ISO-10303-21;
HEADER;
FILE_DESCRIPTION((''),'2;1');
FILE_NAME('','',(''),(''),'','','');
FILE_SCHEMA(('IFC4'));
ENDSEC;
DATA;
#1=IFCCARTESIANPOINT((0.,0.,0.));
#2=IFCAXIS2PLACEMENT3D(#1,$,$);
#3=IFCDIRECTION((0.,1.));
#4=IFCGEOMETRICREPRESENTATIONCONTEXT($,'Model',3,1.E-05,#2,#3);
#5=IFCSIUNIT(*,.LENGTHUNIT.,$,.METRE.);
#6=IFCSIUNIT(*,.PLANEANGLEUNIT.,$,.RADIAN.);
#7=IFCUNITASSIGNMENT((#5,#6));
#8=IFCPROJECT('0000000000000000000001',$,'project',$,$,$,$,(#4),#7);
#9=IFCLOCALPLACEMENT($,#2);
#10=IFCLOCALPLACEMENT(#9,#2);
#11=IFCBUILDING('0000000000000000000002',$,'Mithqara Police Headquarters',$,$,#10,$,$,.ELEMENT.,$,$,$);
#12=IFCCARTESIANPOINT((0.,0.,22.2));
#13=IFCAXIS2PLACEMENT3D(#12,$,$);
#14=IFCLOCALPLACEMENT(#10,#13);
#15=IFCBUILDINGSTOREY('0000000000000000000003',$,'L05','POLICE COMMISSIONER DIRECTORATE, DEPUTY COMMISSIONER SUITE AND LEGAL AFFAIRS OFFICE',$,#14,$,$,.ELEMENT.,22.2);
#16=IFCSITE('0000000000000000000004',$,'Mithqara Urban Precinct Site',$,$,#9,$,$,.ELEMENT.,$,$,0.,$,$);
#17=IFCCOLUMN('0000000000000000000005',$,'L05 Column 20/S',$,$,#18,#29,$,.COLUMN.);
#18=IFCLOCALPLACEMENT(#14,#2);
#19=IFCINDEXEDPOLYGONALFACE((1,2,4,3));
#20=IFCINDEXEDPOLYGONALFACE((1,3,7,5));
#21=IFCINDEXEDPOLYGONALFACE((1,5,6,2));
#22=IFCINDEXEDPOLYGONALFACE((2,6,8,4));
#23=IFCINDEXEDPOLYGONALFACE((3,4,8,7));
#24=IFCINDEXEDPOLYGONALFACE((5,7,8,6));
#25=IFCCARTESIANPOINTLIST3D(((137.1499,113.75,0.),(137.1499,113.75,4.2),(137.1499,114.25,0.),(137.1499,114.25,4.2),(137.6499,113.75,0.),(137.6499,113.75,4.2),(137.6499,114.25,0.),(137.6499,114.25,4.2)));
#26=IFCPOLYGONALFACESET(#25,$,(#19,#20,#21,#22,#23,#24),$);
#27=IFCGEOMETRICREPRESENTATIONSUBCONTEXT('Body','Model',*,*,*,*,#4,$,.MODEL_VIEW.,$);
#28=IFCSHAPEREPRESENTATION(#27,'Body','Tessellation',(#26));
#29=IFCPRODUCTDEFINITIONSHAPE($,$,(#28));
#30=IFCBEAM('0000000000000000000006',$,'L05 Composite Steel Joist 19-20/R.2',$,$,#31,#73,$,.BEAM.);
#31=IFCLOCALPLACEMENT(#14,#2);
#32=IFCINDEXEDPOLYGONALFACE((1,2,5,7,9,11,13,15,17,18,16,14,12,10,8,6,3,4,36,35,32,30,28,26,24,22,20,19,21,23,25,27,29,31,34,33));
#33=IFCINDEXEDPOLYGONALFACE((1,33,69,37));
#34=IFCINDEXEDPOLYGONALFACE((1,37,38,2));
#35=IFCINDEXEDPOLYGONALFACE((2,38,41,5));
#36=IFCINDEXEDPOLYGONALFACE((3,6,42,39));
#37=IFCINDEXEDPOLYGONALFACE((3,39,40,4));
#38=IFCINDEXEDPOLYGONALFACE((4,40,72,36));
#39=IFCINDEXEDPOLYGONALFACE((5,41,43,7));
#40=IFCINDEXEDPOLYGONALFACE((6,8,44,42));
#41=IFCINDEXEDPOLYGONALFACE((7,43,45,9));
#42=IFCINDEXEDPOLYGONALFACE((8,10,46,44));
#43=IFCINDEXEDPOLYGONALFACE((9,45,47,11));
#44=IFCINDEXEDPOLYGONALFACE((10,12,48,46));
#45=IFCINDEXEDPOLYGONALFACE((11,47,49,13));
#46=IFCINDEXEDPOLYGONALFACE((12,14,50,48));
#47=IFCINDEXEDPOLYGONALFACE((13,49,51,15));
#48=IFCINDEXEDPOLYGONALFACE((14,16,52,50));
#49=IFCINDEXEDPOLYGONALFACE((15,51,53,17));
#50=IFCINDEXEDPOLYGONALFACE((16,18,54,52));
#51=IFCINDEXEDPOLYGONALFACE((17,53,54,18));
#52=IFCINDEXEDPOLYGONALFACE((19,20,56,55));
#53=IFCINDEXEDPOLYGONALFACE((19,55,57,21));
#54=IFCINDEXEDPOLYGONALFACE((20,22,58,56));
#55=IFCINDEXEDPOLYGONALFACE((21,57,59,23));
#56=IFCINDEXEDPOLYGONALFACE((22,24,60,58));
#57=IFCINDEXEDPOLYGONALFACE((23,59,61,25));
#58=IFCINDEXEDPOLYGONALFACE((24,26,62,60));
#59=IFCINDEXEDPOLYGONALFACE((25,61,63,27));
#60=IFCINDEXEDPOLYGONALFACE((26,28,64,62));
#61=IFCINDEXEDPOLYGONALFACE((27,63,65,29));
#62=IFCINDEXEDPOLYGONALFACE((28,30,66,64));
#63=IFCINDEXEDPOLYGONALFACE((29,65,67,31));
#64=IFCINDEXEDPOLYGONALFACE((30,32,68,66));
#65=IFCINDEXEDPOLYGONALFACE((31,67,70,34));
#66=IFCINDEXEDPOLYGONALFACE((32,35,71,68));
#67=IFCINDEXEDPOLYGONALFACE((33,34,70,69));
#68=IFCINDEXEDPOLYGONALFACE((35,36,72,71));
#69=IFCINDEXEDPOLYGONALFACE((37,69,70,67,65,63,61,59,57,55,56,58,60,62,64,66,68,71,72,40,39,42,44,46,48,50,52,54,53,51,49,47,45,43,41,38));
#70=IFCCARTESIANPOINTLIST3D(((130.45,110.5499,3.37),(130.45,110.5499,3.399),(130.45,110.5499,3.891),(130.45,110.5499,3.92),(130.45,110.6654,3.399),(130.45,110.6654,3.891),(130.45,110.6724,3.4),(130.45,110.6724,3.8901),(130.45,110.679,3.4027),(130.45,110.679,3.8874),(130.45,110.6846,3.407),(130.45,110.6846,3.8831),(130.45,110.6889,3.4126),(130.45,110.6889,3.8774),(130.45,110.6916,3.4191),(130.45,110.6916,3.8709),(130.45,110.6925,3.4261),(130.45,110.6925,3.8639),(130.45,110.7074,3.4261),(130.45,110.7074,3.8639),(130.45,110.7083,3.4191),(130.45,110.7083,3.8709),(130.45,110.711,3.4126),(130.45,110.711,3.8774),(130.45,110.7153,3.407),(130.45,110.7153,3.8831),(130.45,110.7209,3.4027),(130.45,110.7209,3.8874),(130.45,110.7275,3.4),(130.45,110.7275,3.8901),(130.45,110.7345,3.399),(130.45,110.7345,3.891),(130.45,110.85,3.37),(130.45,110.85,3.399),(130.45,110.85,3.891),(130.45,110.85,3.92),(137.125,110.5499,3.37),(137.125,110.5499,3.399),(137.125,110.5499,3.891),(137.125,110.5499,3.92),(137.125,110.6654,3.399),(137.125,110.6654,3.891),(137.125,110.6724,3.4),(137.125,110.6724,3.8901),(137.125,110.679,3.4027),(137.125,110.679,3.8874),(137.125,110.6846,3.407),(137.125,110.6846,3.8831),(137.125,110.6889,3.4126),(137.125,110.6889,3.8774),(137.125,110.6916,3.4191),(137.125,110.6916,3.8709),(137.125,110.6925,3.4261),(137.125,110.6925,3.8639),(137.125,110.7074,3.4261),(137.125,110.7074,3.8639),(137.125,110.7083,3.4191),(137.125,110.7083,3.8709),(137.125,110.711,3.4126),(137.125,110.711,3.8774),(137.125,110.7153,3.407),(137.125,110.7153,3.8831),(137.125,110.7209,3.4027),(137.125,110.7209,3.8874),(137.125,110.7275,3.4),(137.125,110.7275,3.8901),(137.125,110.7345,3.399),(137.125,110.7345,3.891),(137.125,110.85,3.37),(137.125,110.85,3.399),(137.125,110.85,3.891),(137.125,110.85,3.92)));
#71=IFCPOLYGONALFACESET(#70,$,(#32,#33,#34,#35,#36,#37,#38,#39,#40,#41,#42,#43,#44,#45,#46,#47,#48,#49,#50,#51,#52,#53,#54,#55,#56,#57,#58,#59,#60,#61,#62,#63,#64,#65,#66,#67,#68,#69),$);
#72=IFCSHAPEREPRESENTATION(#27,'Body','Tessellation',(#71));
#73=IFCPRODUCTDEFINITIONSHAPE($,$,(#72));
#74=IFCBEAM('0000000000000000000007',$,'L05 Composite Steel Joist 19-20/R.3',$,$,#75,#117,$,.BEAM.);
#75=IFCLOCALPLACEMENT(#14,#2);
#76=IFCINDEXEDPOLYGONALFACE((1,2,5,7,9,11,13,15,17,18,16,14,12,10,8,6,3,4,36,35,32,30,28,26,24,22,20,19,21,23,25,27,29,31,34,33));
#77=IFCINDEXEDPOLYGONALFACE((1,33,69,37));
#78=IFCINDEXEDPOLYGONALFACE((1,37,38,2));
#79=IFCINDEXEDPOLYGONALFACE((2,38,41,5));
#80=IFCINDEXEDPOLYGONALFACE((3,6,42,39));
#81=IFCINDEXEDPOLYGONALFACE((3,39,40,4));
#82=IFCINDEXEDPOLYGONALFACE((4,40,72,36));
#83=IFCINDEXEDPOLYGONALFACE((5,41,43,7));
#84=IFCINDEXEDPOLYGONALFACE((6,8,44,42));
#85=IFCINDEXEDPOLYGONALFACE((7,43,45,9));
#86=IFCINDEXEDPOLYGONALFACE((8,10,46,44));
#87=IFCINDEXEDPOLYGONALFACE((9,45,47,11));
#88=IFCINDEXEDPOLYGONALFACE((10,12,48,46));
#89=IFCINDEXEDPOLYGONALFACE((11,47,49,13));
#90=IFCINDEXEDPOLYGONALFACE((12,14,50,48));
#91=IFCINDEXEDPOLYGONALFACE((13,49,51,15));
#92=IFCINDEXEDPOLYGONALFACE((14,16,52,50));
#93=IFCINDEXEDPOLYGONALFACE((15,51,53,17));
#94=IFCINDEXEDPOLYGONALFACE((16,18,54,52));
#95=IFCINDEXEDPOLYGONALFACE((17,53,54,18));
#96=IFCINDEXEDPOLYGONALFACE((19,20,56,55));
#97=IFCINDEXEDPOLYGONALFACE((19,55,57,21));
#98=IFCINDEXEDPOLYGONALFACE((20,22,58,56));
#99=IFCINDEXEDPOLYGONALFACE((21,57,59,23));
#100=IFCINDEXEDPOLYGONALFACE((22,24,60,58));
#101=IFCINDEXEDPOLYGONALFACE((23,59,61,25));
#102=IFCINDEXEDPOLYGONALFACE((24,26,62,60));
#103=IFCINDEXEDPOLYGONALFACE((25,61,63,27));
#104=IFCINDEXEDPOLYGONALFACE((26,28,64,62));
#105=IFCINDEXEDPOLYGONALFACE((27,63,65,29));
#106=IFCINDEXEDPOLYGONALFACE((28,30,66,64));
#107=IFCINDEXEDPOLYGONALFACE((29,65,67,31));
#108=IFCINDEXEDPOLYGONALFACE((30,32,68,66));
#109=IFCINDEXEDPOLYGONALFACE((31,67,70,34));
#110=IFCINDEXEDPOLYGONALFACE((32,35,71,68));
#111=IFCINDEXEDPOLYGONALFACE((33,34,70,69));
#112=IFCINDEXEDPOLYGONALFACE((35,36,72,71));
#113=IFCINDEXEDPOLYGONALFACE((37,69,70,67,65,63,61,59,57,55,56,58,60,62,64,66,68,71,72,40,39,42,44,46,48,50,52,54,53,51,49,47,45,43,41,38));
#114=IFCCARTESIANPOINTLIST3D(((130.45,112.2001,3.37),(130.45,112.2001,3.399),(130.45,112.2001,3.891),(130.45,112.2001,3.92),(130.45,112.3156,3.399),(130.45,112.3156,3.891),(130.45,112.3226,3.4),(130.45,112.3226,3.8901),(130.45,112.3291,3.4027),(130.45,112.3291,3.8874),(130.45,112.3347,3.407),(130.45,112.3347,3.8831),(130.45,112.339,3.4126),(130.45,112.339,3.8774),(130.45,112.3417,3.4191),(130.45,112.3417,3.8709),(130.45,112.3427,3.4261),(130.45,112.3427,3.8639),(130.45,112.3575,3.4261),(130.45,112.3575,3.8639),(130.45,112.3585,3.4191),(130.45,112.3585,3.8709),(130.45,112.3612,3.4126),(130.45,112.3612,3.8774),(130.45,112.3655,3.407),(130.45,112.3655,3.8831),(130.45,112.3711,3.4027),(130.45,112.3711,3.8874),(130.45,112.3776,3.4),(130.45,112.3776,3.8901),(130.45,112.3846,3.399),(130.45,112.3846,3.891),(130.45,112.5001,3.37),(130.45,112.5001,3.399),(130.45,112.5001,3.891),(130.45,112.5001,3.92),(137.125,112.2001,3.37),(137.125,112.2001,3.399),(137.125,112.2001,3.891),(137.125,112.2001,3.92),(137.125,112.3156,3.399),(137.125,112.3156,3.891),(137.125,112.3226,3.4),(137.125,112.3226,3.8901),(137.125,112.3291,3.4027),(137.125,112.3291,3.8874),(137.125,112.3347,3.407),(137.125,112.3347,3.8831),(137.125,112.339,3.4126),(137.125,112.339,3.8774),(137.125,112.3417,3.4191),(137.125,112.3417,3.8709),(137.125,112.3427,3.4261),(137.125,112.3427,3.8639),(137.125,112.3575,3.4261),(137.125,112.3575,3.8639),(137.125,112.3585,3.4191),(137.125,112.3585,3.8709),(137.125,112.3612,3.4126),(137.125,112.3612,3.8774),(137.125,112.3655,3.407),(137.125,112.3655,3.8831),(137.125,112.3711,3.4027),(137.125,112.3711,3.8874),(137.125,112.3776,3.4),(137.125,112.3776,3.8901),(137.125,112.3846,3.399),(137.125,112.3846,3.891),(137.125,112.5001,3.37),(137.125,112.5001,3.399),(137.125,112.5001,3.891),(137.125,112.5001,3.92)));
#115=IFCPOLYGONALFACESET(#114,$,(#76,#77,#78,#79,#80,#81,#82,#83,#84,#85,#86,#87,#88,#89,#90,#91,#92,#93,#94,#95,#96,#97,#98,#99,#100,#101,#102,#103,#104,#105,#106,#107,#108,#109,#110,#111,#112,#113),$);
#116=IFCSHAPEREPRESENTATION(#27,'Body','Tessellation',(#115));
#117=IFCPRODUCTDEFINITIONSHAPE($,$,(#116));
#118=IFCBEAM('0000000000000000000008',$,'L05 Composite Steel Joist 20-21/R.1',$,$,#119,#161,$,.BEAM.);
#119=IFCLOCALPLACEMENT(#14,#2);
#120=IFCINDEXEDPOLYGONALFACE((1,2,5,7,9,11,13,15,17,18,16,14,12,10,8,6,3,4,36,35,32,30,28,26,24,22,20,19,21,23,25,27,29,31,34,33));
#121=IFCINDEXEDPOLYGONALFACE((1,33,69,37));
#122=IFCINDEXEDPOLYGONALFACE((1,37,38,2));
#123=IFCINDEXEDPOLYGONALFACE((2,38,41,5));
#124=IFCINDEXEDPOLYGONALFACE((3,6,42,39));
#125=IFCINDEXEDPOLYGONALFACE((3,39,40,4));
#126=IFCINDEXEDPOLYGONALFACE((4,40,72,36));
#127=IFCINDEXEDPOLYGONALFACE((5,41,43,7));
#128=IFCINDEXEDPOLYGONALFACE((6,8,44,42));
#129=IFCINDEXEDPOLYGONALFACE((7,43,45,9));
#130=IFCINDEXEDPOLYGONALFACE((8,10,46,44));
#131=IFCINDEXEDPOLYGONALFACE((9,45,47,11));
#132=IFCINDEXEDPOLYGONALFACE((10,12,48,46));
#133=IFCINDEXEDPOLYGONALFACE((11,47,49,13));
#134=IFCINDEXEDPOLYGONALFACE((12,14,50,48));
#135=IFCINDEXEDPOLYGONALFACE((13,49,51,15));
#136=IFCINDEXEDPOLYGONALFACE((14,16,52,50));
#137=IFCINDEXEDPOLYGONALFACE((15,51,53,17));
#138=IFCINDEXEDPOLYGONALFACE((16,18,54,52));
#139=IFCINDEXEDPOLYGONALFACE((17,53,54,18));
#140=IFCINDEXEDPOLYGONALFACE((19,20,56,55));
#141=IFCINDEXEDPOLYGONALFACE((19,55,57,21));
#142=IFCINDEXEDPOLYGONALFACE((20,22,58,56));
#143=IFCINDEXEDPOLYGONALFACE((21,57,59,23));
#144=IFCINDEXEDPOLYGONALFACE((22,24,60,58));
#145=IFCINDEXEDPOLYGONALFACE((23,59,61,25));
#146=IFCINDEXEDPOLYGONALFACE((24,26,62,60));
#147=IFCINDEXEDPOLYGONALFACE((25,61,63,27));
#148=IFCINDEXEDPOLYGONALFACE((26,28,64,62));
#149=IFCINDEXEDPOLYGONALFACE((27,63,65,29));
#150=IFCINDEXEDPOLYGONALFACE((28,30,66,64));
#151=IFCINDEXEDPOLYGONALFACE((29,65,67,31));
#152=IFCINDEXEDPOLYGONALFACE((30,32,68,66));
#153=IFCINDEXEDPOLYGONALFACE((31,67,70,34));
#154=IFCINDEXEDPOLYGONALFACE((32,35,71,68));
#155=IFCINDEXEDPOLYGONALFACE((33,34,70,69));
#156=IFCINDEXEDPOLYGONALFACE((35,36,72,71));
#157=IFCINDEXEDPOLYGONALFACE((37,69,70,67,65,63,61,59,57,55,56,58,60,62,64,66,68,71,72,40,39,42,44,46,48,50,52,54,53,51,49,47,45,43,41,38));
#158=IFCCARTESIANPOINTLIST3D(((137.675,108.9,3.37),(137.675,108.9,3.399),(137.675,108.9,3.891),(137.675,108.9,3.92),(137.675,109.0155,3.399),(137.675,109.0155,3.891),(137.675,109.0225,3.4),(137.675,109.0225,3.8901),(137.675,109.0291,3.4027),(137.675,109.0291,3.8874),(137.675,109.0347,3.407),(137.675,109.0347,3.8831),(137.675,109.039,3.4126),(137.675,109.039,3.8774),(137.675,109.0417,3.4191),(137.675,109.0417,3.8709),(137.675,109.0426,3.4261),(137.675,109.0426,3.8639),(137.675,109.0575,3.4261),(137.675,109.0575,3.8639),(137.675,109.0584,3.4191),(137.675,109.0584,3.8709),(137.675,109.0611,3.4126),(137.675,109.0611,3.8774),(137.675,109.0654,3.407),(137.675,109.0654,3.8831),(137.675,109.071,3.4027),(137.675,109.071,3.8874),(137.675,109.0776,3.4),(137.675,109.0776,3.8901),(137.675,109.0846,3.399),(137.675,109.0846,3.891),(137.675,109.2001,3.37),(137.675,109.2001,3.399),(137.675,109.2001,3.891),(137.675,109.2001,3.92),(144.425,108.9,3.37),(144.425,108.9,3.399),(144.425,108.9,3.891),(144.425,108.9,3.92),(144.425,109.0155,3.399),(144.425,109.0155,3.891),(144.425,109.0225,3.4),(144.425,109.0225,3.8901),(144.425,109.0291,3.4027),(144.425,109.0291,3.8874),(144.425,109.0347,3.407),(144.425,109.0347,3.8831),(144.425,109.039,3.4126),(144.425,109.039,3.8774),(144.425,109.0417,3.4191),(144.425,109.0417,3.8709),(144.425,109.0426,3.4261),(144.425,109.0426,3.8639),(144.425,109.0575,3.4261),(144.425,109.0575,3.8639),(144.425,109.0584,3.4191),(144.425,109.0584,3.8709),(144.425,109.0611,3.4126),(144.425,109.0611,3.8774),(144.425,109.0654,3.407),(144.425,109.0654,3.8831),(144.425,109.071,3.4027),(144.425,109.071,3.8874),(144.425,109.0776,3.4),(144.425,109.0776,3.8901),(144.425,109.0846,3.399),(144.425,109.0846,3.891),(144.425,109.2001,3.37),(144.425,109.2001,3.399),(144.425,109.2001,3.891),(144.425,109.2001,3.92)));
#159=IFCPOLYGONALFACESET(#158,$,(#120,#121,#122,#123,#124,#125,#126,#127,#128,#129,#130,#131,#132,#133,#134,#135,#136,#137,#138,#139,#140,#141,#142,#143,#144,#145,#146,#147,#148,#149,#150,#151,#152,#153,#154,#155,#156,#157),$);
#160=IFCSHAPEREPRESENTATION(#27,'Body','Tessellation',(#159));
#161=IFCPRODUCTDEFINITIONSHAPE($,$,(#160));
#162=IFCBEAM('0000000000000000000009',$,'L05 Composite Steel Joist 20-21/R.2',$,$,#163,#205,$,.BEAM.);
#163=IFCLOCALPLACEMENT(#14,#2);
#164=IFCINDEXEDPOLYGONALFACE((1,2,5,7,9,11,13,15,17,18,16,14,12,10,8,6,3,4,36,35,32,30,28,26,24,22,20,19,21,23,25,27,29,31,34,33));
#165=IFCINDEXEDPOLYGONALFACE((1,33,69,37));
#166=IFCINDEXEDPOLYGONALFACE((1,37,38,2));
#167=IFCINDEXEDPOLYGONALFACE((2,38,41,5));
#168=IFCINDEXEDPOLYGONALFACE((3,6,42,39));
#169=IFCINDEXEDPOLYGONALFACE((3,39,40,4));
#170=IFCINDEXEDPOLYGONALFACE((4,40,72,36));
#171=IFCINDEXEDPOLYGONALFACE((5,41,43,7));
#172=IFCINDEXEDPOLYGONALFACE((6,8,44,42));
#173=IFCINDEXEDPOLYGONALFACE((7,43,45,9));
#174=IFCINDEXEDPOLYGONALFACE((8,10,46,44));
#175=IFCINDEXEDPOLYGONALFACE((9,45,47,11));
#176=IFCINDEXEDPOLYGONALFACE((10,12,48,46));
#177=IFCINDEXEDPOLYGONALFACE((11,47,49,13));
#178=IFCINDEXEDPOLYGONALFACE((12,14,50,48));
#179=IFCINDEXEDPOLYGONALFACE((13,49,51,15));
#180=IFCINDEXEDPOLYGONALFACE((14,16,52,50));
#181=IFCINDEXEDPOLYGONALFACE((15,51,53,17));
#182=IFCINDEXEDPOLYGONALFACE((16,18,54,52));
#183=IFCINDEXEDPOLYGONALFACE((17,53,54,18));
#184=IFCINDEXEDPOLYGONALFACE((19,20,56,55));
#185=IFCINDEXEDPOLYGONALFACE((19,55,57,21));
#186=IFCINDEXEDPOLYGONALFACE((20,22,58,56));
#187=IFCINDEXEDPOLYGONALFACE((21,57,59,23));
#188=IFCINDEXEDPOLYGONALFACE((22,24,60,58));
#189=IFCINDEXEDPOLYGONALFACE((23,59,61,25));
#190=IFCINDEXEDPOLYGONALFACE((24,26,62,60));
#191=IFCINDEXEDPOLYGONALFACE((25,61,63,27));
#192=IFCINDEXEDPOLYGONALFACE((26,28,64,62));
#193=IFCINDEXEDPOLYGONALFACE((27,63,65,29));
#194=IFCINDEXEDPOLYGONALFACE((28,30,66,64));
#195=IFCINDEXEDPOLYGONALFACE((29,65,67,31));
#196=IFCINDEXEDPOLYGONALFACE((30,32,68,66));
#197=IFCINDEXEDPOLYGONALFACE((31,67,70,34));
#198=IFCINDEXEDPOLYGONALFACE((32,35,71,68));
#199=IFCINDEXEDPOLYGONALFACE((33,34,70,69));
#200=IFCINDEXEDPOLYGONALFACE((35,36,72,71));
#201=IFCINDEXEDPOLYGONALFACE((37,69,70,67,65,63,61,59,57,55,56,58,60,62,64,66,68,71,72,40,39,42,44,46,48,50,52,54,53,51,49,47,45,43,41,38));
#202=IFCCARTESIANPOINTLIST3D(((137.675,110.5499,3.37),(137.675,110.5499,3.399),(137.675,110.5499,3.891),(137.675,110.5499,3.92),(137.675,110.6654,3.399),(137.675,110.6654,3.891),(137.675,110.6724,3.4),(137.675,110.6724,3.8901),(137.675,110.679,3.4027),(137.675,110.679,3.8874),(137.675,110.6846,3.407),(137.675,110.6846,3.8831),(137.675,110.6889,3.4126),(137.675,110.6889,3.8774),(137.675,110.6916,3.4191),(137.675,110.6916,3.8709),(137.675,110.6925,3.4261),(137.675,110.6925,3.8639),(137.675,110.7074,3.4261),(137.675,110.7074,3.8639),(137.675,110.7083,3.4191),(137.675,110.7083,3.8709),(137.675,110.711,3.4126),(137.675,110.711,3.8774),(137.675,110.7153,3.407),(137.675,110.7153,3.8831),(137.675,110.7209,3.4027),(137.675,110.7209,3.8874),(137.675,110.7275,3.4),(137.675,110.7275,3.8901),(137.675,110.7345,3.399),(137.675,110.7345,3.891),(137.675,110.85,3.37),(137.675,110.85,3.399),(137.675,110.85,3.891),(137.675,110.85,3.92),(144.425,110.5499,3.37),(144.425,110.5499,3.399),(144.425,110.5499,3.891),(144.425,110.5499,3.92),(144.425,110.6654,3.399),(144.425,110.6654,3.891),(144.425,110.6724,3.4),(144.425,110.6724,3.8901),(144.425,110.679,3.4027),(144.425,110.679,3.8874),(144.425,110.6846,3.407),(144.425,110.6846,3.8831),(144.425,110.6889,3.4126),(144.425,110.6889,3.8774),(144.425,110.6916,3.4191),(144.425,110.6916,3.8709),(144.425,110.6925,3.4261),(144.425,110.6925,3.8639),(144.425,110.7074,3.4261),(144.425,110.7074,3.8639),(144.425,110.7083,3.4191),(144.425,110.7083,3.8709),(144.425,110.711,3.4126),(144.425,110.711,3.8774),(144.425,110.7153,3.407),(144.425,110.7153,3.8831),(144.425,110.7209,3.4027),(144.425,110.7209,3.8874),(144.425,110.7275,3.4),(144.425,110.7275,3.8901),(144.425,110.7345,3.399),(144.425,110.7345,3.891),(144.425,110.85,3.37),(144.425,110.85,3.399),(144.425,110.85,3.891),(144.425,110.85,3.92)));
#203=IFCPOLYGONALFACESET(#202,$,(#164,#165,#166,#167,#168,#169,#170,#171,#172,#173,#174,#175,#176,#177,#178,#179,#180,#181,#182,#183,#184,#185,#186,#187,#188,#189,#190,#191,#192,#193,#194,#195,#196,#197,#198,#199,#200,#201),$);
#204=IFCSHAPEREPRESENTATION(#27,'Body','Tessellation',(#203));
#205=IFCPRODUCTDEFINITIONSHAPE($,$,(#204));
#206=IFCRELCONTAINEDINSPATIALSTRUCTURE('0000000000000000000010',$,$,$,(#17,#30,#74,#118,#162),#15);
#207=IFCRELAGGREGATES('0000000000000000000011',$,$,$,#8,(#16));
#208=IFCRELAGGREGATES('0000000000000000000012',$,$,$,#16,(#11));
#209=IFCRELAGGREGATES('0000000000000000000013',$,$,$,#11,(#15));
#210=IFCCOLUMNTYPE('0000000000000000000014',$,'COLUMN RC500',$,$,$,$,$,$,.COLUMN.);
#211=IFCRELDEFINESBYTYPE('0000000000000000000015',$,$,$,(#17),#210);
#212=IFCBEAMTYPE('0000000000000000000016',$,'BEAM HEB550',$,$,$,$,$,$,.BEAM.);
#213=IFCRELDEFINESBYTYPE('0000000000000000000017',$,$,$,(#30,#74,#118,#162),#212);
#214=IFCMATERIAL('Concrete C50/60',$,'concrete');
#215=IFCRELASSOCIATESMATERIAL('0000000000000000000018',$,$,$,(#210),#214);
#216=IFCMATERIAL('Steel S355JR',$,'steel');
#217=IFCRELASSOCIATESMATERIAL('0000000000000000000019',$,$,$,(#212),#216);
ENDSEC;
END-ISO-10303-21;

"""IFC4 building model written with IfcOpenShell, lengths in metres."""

from ifc_helpers import new_model, si_unit, direction, frame, origin, origin_2d, place, context, subcontext, project, spatial, rectangle, i_section, extrude, material, material_profile, profile_set, type_object, element, save


model = new_model("IFC4")

# Units and contexts
model_context = context("Model", 3, precision=1e-05, world=origin(), true_north=direction((0.0, 1.0)))
body_context = subcontext(model_context, "Body", "Model", "MODEL_VIEW")
ifc_project = project(units=[si_unit("LENGTHUNIT", "METRE"), si_unit("PLANEANGLEUNIT", "RADIAN")], contexts=[model_context])

# Site, building, storey
site_placement = place(None, origin())
site = spatial("IfcSite", under=ifc_project, at=site_placement, Name="Mithqara Urban Precinct Site", CompositionType="ELEMENT", RefElevation=0.0)
building_placement = place(site_placement, origin())
building = spatial("IfcBuilding", under=site, at=building_placement, Name="Mithqara Police Headquarters", CompositionType="ELEMENT")
storey_placement = place(building_placement, frame((0.0, 0.0, 22.2)))
storey = spatial("IfcBuildingStorey", under=building, at=storey_placement, Name="L05", Description="POLICE COMMISSIONER DIRECTORATE, DEPUTY COMMISSIONER SUITE AND LEGAL AFFAIRS OFFICE", CompositionType="ELEMENT", Elevation=22.2)

# Column
ifc_material_1 = material(Name="Concrete C50/60", Category="concrete")
ifc_material_profile_1 = material_profile(ifc_material_1, rectangle(XDim=0.5, YDim=0.5, at=origin_2d()), Name="RC 500x500")
ifc_profile_set_1 = profile_set([ifc_material_profile_1], Name="Concrete C50/60")
column_type = type_object("IfcColumnType", Name="COLUMN RC500", PredefinedType="COLUMN", material=ifc_profile_set_1)
column_placement = place(storey_placement, frame((137.3999, 114.0, 0.0), z_axis=(0.0, 0.0, 1.0), x_axis=(1.0, 0.0, 0.0)))
element("IfcColumn", 1, at=column_placement, inside=storey, type_object=column_type, Name="L05 Column 20/S", PredefinedType="COLUMN", context=body_context, shape_type="SweptSolid", body=[
    extrude(rectangle(XDim=0.5, YDim=0.5, at=origin_2d()), origin(), (0.0, 0.0, 1.0), 4.2),
])

# Beams
ifc_material_2 = material(Name="Steel S355JR", Category="steel")
ifc_material_profile_2 = material_profile(ifc_material_2, i_section(OverallWidth=0.3, OverallDepth=0.55, WebThickness=0.0149, FlangeThickness=0.0291, FilletRadius=0.0271, at=origin_2d()), Name="HEB 550")
ifc_profile_set_2 = profile_set([ifc_material_profile_2], Name="Steel S355JR")
beam_type_1 = type_object("IfcBeamType", Name="BEAM HEB550", PredefinedType="BEAM", material=ifc_profile_set_2)
for number, where, z_axis, x_axis, name in (
    (2, (130.45, 110.7, 3.645), (1.0, 0.0, 0.0), (0.0, 1.0, 0.0), "L05 Composite Steel Joist 19-20/R.2"),
    (3, (130.45, 112.3501, 3.645), (1.0, 0.0, 0.0), (0.0, 1.0, 0.0), "L05 Composite Steel Joist 19-20/R.3"),
):
    element("IfcBeam", number, at=place(storey_placement, frame(where, z_axis=z_axis, x_axis=x_axis)), inside=storey, type_object=beam_type_1, Name=name, PredefinedType="BEAM", context=body_context, shape_type="SweptSolid", body=[
        extrude(i_section(OverallWidth=0.3, OverallDepth=0.55, WebThickness=0.0149, FlangeThickness=0.0291, FilletRadius=0.0271, at=origin_2d()), origin(), (0.0, 0.0, 1.0), 6.675),
    ])
for number, where, z_axis, x_axis, name in (
    (4, (137.675, 109.05, 3.645), (1.0, 0.0, 0.0), (0.0, 1.0, 0.0), "L05 Composite Steel Joist 20-21/R.1"),
    (5, (137.675, 110.7, 3.645), (1.0, 0.0, 0.0), (0.0, 1.0, 0.0), "L05 Composite Steel Joist 20-21/R.2"),
):
    element("IfcBeam", number, at=place(storey_placement, frame(where, z_axis=z_axis, x_axis=x_axis)), inside=storey, type_object=beam_type_1, Name=name, PredefinedType="BEAM", context=body_context, shape_type="SweptSolid", body=[
        extrude(i_section(OverallWidth=0.3, OverallDepth=0.55, WebThickness=0.0149, FlangeThickness=0.0291, FilletRadius=0.0271, at=origin_2d()), origin(), (0.0, 0.0, 1.0), 6.75),
    ])

save(model, "model.ifc")
